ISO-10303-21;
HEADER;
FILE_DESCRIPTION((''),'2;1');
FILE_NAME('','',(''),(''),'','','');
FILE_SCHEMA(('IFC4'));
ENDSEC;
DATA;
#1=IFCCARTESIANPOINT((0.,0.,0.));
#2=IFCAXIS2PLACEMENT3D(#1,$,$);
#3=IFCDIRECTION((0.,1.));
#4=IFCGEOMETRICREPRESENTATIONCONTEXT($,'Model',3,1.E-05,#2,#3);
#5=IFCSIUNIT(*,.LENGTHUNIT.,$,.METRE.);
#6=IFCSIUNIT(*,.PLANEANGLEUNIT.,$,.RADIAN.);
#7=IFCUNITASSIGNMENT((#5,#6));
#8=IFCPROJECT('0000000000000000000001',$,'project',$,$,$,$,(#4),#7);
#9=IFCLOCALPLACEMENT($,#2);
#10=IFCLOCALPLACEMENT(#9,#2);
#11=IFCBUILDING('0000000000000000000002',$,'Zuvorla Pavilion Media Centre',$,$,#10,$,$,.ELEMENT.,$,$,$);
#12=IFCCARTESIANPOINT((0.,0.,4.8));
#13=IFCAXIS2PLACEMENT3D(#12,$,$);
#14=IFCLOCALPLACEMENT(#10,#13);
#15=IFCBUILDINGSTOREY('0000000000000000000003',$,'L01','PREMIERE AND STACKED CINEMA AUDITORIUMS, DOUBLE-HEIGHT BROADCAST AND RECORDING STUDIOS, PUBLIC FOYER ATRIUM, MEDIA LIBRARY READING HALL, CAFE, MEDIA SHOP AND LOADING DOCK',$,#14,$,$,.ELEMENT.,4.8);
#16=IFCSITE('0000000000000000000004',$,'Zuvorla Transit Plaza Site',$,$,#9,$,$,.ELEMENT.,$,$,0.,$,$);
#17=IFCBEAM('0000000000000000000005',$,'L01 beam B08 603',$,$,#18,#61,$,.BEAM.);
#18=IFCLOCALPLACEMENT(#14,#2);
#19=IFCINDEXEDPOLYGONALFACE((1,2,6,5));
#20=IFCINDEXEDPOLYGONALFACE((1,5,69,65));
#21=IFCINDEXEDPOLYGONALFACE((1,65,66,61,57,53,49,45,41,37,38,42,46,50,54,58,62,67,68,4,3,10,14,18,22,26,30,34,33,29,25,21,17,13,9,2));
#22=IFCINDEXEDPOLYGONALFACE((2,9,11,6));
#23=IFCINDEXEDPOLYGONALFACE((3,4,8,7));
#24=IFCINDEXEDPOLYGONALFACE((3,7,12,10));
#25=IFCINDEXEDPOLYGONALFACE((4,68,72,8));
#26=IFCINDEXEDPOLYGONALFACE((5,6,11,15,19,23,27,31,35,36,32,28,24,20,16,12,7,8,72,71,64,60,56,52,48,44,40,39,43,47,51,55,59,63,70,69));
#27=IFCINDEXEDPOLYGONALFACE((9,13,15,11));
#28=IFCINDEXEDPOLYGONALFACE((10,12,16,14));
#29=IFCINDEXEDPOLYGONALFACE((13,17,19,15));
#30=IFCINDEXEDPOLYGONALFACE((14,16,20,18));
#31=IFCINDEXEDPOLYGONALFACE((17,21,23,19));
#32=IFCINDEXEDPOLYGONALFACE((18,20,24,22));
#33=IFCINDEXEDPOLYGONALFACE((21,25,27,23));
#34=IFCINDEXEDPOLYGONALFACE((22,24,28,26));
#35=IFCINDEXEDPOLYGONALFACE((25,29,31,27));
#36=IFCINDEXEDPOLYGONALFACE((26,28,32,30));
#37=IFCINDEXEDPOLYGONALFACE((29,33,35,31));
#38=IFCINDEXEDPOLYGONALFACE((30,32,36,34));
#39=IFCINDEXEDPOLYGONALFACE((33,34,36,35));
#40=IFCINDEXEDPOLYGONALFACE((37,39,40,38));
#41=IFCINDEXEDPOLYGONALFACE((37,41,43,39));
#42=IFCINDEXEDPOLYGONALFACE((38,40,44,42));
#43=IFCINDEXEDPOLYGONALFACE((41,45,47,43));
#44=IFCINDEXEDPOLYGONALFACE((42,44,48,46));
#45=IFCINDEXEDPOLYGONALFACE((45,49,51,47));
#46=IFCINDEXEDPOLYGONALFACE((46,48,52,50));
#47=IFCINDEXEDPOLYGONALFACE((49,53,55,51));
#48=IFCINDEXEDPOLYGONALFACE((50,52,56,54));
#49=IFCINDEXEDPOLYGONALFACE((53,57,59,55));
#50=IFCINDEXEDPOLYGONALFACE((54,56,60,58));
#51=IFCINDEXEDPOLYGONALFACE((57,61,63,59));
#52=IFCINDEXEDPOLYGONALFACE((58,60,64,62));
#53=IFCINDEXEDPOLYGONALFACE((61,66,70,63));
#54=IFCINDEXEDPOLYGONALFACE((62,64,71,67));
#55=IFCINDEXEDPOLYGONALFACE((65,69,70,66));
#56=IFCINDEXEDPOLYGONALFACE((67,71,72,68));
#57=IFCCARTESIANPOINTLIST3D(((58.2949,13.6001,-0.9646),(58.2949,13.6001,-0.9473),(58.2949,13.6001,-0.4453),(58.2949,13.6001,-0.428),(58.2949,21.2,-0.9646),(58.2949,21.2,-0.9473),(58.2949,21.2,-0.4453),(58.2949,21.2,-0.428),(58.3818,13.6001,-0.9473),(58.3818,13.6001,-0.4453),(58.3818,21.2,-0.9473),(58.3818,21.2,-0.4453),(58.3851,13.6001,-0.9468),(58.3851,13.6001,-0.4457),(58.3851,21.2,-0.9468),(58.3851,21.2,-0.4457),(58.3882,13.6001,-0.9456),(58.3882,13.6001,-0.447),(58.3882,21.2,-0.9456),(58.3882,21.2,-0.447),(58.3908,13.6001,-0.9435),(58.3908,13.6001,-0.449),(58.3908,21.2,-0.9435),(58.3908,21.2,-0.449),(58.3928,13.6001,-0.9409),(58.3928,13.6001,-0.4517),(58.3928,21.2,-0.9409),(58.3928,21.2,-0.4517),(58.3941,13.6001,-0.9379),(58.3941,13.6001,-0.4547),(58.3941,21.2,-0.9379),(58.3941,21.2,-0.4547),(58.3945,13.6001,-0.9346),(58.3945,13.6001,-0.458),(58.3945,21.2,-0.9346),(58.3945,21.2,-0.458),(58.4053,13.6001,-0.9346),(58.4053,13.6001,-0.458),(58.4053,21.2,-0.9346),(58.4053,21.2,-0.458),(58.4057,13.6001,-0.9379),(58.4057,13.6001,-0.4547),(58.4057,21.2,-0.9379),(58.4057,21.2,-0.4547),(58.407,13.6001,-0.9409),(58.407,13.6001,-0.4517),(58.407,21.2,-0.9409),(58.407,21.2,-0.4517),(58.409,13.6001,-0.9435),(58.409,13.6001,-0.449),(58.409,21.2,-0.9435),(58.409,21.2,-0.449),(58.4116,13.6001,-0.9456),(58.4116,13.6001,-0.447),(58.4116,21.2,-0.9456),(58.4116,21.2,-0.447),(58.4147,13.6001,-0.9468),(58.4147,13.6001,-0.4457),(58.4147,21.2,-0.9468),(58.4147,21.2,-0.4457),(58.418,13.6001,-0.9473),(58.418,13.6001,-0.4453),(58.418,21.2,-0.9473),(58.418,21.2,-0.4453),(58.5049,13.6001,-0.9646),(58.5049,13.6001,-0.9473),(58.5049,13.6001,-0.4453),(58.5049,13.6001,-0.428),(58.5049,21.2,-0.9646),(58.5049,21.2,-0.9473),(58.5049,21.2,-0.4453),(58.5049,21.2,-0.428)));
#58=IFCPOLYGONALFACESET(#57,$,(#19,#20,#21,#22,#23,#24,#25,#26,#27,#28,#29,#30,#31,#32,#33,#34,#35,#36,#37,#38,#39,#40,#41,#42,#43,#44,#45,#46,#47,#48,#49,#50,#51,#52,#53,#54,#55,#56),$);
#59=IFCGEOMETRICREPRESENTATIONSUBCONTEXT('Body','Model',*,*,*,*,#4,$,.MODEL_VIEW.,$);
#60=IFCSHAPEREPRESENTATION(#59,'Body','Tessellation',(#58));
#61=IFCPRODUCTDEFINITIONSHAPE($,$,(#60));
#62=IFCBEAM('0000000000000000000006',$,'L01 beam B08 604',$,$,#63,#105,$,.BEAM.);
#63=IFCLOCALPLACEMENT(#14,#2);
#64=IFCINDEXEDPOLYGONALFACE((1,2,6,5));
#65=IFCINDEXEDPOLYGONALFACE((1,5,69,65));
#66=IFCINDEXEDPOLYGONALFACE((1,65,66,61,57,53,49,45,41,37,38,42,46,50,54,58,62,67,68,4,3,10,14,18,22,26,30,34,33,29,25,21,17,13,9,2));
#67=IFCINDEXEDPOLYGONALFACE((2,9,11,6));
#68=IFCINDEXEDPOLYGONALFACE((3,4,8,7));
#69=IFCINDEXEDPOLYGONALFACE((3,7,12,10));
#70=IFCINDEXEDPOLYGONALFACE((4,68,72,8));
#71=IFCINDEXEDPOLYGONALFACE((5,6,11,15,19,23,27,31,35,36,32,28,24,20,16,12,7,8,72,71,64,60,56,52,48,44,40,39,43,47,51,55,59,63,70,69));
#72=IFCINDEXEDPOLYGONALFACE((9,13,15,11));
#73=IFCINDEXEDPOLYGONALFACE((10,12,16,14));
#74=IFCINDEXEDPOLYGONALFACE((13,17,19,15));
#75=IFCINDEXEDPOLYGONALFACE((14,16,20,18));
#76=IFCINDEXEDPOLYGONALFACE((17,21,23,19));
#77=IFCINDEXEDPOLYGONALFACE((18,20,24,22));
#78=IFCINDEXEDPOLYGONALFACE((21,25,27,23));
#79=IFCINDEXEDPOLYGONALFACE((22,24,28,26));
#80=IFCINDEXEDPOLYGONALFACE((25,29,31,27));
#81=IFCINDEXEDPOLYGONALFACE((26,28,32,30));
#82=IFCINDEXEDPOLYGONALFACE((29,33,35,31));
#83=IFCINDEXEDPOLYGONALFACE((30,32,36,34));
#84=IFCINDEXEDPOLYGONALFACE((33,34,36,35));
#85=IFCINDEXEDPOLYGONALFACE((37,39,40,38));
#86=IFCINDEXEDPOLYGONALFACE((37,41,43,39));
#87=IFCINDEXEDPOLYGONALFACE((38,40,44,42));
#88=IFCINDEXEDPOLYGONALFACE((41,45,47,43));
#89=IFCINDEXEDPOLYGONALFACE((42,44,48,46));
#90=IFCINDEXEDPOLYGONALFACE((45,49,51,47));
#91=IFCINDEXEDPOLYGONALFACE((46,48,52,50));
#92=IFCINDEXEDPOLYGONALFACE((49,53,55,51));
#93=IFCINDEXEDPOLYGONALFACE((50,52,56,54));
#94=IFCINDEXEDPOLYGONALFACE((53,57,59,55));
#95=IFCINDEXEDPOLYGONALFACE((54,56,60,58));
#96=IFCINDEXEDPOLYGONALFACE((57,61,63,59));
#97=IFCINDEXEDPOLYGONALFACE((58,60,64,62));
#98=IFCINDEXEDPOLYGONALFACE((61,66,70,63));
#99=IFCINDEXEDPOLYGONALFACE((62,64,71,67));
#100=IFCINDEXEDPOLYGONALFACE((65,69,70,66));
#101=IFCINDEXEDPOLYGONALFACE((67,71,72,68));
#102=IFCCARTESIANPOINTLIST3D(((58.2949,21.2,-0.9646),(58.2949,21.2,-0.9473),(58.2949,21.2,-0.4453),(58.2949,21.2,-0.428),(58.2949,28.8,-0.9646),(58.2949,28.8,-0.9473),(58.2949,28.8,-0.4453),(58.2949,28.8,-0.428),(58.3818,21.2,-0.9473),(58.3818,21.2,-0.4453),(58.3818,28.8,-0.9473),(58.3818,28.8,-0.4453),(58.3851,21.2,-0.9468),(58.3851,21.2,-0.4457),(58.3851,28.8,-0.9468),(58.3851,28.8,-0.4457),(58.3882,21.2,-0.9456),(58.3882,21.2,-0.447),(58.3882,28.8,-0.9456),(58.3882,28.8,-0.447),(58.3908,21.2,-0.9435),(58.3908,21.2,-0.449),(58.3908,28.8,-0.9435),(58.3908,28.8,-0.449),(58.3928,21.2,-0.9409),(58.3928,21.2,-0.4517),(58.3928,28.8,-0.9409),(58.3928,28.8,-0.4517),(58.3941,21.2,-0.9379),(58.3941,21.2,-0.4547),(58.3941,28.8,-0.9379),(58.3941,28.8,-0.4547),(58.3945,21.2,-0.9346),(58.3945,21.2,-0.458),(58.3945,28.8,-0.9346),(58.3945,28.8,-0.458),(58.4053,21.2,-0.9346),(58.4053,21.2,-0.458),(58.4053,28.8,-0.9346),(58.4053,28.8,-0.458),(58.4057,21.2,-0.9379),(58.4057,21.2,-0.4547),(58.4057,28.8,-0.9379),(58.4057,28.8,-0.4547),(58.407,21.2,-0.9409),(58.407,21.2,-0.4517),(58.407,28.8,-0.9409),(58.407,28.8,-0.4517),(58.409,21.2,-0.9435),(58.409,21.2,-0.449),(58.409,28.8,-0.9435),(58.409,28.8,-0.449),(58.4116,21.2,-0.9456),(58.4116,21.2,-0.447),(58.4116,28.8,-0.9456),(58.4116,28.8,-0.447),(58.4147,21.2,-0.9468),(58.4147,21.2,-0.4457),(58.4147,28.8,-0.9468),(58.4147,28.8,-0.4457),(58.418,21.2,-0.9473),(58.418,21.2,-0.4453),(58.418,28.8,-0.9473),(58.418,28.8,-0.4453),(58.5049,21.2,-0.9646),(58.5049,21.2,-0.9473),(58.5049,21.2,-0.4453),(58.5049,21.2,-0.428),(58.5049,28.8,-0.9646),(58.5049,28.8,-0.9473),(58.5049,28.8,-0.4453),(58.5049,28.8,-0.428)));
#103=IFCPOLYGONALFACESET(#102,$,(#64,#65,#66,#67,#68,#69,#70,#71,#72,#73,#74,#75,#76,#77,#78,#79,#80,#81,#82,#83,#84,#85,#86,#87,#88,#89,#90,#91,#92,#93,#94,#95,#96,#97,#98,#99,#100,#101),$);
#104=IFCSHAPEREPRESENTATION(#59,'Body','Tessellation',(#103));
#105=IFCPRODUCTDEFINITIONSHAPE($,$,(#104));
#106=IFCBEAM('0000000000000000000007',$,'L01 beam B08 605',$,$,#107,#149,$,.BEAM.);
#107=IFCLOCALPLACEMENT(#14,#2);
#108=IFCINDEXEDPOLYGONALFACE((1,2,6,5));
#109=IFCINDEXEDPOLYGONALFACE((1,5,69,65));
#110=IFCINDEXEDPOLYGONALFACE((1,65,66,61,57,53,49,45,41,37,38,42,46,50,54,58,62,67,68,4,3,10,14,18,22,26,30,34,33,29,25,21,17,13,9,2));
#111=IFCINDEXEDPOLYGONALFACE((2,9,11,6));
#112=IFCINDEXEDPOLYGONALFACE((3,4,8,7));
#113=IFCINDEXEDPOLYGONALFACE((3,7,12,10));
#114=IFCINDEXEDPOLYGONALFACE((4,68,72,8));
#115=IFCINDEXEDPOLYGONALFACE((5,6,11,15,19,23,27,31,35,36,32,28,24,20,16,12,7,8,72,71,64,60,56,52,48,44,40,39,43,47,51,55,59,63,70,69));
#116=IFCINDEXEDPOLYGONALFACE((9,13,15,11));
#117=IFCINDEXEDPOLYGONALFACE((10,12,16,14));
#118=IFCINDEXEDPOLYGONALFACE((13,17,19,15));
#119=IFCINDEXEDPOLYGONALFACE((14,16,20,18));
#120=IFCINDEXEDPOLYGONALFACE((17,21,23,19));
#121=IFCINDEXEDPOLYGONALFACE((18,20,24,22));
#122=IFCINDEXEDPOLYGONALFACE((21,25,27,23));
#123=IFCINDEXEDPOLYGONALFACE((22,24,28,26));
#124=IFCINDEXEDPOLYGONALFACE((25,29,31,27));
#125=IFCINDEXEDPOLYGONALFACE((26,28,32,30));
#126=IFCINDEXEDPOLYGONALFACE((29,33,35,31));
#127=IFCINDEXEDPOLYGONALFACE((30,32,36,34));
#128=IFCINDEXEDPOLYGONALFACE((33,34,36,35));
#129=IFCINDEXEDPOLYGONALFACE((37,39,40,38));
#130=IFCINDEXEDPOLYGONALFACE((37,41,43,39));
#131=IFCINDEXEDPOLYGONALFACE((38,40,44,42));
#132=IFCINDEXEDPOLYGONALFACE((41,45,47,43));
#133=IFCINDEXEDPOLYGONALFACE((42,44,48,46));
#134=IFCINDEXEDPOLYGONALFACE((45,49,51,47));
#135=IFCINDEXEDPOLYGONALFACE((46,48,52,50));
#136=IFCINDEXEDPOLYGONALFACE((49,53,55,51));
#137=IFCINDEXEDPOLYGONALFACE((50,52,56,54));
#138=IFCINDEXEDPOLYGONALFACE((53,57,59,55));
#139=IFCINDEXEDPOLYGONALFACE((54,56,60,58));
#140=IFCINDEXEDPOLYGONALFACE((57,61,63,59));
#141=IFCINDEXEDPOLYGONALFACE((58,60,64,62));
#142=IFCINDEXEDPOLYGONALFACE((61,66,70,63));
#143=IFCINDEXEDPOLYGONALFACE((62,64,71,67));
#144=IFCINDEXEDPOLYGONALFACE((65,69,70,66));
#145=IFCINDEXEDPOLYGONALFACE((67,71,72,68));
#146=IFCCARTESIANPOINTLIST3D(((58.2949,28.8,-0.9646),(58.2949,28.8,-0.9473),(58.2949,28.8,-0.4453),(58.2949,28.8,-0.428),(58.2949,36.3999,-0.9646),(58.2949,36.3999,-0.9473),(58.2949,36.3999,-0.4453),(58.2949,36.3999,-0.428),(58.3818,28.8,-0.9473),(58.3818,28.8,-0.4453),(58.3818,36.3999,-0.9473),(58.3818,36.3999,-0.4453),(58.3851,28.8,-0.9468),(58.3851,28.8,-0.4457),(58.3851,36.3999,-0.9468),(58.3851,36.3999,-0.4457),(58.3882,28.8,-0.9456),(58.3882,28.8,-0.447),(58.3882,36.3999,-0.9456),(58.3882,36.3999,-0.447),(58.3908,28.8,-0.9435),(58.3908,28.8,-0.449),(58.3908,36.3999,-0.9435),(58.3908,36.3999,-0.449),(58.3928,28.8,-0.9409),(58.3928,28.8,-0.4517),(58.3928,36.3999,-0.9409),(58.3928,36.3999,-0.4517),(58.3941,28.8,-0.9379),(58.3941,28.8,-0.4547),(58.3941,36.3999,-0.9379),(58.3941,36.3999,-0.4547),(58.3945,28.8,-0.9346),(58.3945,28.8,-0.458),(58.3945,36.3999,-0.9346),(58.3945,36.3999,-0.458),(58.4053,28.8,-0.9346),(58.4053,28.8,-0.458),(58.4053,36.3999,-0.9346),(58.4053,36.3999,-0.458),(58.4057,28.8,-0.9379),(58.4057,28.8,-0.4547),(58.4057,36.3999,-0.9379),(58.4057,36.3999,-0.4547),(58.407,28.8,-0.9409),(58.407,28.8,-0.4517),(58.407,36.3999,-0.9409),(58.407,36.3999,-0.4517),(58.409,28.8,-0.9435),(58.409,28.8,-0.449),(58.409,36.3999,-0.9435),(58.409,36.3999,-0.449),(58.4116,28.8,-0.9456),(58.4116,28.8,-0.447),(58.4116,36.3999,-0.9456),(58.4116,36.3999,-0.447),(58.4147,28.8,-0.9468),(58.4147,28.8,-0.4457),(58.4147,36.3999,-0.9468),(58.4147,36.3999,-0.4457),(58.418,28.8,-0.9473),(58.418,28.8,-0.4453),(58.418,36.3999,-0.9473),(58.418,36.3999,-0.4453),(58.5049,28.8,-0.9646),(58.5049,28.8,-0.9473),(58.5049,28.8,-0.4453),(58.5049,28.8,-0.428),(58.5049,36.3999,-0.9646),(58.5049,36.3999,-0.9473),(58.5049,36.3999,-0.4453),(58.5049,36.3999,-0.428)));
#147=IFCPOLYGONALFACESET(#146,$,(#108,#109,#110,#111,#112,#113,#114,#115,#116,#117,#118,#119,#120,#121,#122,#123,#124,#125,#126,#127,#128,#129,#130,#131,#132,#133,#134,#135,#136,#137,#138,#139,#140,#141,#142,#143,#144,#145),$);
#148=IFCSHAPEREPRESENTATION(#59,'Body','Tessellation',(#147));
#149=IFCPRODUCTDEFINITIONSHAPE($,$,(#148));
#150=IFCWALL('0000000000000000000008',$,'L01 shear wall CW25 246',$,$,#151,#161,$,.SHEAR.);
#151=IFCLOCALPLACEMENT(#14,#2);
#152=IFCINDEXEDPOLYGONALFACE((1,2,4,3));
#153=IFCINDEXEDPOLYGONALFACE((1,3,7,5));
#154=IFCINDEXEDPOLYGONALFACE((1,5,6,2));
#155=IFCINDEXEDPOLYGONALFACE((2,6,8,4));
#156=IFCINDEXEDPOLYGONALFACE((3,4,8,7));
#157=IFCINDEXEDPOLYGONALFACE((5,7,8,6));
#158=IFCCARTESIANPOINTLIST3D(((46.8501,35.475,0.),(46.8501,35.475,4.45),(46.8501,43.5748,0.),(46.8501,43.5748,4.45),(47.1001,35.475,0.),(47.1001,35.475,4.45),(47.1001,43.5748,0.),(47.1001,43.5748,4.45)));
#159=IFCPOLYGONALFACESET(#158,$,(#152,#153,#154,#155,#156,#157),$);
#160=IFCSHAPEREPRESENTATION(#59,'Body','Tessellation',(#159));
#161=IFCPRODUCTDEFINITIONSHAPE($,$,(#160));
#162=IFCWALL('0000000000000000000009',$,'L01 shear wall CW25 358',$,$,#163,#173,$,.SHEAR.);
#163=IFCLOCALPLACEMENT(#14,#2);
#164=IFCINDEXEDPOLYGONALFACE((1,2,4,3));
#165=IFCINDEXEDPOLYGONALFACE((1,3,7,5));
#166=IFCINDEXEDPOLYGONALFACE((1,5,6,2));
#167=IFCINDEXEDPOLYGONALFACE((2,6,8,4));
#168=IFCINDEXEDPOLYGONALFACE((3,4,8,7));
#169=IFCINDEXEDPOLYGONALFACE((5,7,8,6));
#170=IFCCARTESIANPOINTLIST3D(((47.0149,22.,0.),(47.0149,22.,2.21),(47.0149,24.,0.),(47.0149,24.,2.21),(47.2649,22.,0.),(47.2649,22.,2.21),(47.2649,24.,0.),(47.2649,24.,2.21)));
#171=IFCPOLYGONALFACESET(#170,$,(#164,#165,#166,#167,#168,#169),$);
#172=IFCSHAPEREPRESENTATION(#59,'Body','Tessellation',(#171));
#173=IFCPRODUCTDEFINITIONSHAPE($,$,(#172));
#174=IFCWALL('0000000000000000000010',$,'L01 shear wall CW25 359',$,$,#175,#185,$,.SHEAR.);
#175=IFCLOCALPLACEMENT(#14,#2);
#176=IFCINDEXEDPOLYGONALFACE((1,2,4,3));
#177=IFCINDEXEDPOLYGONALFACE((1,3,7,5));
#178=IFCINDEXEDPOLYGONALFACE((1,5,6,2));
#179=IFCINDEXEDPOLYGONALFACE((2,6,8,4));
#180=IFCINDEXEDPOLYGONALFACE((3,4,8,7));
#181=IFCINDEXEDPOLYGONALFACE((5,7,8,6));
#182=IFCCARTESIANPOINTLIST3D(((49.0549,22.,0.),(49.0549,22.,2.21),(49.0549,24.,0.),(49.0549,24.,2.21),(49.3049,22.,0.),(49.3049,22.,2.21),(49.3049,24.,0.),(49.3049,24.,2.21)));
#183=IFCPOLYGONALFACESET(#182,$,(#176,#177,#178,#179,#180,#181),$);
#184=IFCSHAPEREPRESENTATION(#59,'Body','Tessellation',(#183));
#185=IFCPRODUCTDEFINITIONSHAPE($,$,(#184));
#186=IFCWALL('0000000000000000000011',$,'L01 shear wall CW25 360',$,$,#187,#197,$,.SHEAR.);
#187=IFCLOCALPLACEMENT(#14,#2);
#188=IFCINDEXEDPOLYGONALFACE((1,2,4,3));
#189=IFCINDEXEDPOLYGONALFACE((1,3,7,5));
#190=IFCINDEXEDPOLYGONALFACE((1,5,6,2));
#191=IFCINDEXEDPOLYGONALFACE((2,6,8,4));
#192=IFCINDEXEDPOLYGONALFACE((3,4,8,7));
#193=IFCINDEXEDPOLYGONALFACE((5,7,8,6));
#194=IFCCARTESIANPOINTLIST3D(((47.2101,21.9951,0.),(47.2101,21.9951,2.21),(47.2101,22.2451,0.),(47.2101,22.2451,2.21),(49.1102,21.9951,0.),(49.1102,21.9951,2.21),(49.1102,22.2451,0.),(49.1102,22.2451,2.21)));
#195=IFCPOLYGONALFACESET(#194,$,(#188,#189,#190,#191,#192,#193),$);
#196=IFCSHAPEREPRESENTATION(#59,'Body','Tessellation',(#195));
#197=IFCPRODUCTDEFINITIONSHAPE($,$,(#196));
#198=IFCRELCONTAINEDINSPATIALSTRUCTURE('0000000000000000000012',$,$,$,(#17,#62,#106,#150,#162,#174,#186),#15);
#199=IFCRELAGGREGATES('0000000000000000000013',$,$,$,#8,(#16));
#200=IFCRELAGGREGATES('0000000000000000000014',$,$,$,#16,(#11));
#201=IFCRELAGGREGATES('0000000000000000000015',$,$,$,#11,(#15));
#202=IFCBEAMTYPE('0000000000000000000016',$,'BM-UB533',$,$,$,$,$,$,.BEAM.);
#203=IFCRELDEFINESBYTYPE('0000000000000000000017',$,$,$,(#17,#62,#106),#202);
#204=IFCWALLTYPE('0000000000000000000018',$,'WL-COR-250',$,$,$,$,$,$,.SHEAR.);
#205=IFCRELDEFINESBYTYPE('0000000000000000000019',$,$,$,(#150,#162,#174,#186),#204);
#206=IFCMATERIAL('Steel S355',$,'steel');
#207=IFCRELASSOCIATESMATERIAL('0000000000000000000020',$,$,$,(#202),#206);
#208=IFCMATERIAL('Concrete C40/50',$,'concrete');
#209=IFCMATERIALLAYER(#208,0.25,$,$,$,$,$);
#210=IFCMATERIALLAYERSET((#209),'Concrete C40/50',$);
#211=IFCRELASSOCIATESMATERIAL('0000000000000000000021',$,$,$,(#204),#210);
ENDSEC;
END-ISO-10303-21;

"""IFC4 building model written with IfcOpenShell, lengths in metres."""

from ifc_helpers import new_model, si_unit, direction, frame, frame_2d, origin, origin_2d, place, context, subcontext, project, spatial, rectangle, i_section, extrude, material, layer, layer_set, material_profile, profile_set, type_object, element, save


model = new_model("IFC4")

# Units and contexts
model_context = context("Model", 3, precision=1e-05, world=origin(), true_north=direction((0.0, 1.0)))
body_context = subcontext(model_context, "Body", "Model", "MODEL_VIEW")
ifc_project = project(units=[si_unit("LENGTHUNIT", "METRE"), si_unit("PLANEANGLEUNIT", "RADIAN")], contexts=[model_context])

# Site, building, storey
site_placement = place(None, origin())
site = spatial("IfcSite", under=ifc_project, at=site_placement, Name="Zuvorla Transit Plaza Site", CompositionType="ELEMENT", RefElevation=0.0)
building_placement = place(site_placement, origin())
building = spatial("IfcBuilding", under=site, at=building_placement, Name="Zuvorla Pavilion Media Centre", CompositionType="ELEMENT")
storey_placement = place(building_placement, frame((0.0, 0.0, 4.8)))
storey = spatial("IfcBuildingStorey", under=building, at=storey_placement, Name="L01", Description="PREMIERE AND STACKED CINEMA AUDITORIUMS, DOUBLE-HEIGHT BROADCAST AND RECORDING STUDIOS, PUBLIC FOYER ATRIUM, MEDIA LIBRARY READING HALL, CAFE, MEDIA SHOP AND LOADING DOCK", CompositionType="ELEMENT", Elevation=4.8)

# Shared definitions
ifc_material_1 = material(Name="Concrete C40/50", Category="concrete")

# Beams
ifc_material_2 = material(Name="Steel S355", Category="steel")
ifc_material_profile_1 = material_profile(ifc_material_2, i_section(OverallWidth=0.21, OverallDepth=0.5366, WebThickness=0.0107, FlangeThickness=0.0173, FilletRadius=0.0127, at=origin_2d()), Name="UB 533x210x101")
ifc_profile_set_1 = profile_set([ifc_material_profile_1], Name="Steel S355")
beam_type_1 = type_object("IfcBeamType", Name="BM-UB533", PredefinedType="BEAM", material=ifc_profile_set_1)
for number, where, z_axis, x_axis, name in (
    (1, (58.3999, 13.6001, -0.6963), (0.0, 1.0, 0.0), (-1.0, 0.0, 0.0), "L01 beam B08 603"),
):
    element("IfcBeam", number, at=place(storey_placement, frame(where, z_axis=z_axis, x_axis=x_axis)), inside=storey, type_object=beam_type_1, Name=name, PredefinedType="BEAM", context=body_context, shape_type="SweptSolid", body=[
        extrude(i_section(OverallWidth=0.21, OverallDepth=0.5366, WebThickness=0.0107, FlangeThickness=0.0173, FilletRadius=0.0127, at=origin_2d()), origin(), (0.0, 0.0, 1.0), 7.5999),
    ])
beam_1_placement = place(storey_placement, frame((58.3999, 21.2, -0.6963), z_axis=(0.0, 1.0, 0.0), x_axis=(-1.0, 0.0, 0.0)))
element("IfcBeam", 2, at=beam_1_placement, inside=storey, type_object=beam_type_1, Name="L01 beam B08 604", PredefinedType="BEAM", context=body_context, shape_type="SweptSolid", body=[
    extrude(i_section(OverallWidth=0.21, OverallDepth=0.5366, WebThickness=0.0107, FlangeThickness=0.0173, FilletRadius=0.0127, at=origin_2d()), origin(), (0.0, 0.0, 1.0), 7.6001),
])
beam_2_placement = place(storey_placement, frame((58.3999, 28.8, -0.6963), z_axis=(0.0, 1.0, 0.0), x_axis=(-1.0, 0.0, 0.0)))
element("IfcBeam", 3, at=beam_2_placement, inside=storey, type_object=beam_type_1, Name="L01 beam B08 605", PredefinedType="BEAM", context=body_context, shape_type="SweptSolid", body=[
    extrude(i_section(OverallWidth=0.21, OverallDepth=0.5366, WebThickness=0.0107, FlangeThickness=0.0173, FilletRadius=0.0127, at=origin_2d()), origin(), (0.0, 0.0, 1.0), 7.5999),
])

# Walls
ifc_layer_1 = layer(ifc_material_1, 0.25)
ifc_layer_set_1 = layer_set([ifc_layer_1], Name="Concrete C40/50")
wall_type_1 = type_object("IfcWallType", Name="WL-COR-250", PredefinedType="SHEAR", material=ifc_layer_set_1)
wall_1_placement = place(storey_placement, frame((46.9751, 35.4751, 0.0), z_axis=(0.0, 0.0, 1.0), x_axis=(0.0, 1.0, 0.0)))
element("IfcWall", 4, at=wall_1_placement, inside=storey, type_object=wall_type_1, Name="L01 shear wall CW25 246", PredefinedType="SHEAR", context=body_context, shape_type="SweptSolid", body=[
    extrude(rectangle(XDim=8.0999, YDim=0.25, at=frame_2d((4.0498, 0.0))), origin(), (0.0, 0.0, 1.0), 4.45),
])
for number, where, z_axis, x_axis, name in (
    (5, (47.1399, 22.0, 0.0), (0.0, 0.0, 1.0), (0.0, 1.0, 0.0), "L01 shear wall CW25 358"),
    (6, (49.1799, 22.0, 0.0), (0.0, 0.0, 1.0), (0.0, 1.0, 0.0), "L01 shear wall CW25 359"),
):
    element("IfcWall", number, at=place(storey_placement, frame(where, z_axis=z_axis, x_axis=x_axis)), inside=storey, type_object=wall_type_1, Name=name, PredefinedType="SHEAR", context=body_context, shape_type="SweptSolid", body=[
        extrude(rectangle(XDim=2.0, YDim=0.25, at=frame_2d((1.0, 0.0))), origin(), (0.0, 0.0, 1.0), 2.21),
    ])
for number, where, z_axis, x_axis, name in (
    (7, (47.21, 22.1201, 0.0), (0.0, 0.0, 1.0), (1.0, 0.0, 0.0), "L01 shear wall CW25 360"),
):
    element("IfcWall", number, at=place(storey_placement, frame(where, z_axis=z_axis, x_axis=x_axis)), inside=storey, type_object=wall_type_1, Name=name, PredefinedType="SHEAR", context=body_context, shape_type="SweptSolid", body=[
        extrude(rectangle(XDim=1.9001, YDim=0.25, at=frame_2d((0.9502, 0.0))), origin(), (0.0, 0.0, 1.0), 2.21),
    ])

save(model, "model.ifc")
